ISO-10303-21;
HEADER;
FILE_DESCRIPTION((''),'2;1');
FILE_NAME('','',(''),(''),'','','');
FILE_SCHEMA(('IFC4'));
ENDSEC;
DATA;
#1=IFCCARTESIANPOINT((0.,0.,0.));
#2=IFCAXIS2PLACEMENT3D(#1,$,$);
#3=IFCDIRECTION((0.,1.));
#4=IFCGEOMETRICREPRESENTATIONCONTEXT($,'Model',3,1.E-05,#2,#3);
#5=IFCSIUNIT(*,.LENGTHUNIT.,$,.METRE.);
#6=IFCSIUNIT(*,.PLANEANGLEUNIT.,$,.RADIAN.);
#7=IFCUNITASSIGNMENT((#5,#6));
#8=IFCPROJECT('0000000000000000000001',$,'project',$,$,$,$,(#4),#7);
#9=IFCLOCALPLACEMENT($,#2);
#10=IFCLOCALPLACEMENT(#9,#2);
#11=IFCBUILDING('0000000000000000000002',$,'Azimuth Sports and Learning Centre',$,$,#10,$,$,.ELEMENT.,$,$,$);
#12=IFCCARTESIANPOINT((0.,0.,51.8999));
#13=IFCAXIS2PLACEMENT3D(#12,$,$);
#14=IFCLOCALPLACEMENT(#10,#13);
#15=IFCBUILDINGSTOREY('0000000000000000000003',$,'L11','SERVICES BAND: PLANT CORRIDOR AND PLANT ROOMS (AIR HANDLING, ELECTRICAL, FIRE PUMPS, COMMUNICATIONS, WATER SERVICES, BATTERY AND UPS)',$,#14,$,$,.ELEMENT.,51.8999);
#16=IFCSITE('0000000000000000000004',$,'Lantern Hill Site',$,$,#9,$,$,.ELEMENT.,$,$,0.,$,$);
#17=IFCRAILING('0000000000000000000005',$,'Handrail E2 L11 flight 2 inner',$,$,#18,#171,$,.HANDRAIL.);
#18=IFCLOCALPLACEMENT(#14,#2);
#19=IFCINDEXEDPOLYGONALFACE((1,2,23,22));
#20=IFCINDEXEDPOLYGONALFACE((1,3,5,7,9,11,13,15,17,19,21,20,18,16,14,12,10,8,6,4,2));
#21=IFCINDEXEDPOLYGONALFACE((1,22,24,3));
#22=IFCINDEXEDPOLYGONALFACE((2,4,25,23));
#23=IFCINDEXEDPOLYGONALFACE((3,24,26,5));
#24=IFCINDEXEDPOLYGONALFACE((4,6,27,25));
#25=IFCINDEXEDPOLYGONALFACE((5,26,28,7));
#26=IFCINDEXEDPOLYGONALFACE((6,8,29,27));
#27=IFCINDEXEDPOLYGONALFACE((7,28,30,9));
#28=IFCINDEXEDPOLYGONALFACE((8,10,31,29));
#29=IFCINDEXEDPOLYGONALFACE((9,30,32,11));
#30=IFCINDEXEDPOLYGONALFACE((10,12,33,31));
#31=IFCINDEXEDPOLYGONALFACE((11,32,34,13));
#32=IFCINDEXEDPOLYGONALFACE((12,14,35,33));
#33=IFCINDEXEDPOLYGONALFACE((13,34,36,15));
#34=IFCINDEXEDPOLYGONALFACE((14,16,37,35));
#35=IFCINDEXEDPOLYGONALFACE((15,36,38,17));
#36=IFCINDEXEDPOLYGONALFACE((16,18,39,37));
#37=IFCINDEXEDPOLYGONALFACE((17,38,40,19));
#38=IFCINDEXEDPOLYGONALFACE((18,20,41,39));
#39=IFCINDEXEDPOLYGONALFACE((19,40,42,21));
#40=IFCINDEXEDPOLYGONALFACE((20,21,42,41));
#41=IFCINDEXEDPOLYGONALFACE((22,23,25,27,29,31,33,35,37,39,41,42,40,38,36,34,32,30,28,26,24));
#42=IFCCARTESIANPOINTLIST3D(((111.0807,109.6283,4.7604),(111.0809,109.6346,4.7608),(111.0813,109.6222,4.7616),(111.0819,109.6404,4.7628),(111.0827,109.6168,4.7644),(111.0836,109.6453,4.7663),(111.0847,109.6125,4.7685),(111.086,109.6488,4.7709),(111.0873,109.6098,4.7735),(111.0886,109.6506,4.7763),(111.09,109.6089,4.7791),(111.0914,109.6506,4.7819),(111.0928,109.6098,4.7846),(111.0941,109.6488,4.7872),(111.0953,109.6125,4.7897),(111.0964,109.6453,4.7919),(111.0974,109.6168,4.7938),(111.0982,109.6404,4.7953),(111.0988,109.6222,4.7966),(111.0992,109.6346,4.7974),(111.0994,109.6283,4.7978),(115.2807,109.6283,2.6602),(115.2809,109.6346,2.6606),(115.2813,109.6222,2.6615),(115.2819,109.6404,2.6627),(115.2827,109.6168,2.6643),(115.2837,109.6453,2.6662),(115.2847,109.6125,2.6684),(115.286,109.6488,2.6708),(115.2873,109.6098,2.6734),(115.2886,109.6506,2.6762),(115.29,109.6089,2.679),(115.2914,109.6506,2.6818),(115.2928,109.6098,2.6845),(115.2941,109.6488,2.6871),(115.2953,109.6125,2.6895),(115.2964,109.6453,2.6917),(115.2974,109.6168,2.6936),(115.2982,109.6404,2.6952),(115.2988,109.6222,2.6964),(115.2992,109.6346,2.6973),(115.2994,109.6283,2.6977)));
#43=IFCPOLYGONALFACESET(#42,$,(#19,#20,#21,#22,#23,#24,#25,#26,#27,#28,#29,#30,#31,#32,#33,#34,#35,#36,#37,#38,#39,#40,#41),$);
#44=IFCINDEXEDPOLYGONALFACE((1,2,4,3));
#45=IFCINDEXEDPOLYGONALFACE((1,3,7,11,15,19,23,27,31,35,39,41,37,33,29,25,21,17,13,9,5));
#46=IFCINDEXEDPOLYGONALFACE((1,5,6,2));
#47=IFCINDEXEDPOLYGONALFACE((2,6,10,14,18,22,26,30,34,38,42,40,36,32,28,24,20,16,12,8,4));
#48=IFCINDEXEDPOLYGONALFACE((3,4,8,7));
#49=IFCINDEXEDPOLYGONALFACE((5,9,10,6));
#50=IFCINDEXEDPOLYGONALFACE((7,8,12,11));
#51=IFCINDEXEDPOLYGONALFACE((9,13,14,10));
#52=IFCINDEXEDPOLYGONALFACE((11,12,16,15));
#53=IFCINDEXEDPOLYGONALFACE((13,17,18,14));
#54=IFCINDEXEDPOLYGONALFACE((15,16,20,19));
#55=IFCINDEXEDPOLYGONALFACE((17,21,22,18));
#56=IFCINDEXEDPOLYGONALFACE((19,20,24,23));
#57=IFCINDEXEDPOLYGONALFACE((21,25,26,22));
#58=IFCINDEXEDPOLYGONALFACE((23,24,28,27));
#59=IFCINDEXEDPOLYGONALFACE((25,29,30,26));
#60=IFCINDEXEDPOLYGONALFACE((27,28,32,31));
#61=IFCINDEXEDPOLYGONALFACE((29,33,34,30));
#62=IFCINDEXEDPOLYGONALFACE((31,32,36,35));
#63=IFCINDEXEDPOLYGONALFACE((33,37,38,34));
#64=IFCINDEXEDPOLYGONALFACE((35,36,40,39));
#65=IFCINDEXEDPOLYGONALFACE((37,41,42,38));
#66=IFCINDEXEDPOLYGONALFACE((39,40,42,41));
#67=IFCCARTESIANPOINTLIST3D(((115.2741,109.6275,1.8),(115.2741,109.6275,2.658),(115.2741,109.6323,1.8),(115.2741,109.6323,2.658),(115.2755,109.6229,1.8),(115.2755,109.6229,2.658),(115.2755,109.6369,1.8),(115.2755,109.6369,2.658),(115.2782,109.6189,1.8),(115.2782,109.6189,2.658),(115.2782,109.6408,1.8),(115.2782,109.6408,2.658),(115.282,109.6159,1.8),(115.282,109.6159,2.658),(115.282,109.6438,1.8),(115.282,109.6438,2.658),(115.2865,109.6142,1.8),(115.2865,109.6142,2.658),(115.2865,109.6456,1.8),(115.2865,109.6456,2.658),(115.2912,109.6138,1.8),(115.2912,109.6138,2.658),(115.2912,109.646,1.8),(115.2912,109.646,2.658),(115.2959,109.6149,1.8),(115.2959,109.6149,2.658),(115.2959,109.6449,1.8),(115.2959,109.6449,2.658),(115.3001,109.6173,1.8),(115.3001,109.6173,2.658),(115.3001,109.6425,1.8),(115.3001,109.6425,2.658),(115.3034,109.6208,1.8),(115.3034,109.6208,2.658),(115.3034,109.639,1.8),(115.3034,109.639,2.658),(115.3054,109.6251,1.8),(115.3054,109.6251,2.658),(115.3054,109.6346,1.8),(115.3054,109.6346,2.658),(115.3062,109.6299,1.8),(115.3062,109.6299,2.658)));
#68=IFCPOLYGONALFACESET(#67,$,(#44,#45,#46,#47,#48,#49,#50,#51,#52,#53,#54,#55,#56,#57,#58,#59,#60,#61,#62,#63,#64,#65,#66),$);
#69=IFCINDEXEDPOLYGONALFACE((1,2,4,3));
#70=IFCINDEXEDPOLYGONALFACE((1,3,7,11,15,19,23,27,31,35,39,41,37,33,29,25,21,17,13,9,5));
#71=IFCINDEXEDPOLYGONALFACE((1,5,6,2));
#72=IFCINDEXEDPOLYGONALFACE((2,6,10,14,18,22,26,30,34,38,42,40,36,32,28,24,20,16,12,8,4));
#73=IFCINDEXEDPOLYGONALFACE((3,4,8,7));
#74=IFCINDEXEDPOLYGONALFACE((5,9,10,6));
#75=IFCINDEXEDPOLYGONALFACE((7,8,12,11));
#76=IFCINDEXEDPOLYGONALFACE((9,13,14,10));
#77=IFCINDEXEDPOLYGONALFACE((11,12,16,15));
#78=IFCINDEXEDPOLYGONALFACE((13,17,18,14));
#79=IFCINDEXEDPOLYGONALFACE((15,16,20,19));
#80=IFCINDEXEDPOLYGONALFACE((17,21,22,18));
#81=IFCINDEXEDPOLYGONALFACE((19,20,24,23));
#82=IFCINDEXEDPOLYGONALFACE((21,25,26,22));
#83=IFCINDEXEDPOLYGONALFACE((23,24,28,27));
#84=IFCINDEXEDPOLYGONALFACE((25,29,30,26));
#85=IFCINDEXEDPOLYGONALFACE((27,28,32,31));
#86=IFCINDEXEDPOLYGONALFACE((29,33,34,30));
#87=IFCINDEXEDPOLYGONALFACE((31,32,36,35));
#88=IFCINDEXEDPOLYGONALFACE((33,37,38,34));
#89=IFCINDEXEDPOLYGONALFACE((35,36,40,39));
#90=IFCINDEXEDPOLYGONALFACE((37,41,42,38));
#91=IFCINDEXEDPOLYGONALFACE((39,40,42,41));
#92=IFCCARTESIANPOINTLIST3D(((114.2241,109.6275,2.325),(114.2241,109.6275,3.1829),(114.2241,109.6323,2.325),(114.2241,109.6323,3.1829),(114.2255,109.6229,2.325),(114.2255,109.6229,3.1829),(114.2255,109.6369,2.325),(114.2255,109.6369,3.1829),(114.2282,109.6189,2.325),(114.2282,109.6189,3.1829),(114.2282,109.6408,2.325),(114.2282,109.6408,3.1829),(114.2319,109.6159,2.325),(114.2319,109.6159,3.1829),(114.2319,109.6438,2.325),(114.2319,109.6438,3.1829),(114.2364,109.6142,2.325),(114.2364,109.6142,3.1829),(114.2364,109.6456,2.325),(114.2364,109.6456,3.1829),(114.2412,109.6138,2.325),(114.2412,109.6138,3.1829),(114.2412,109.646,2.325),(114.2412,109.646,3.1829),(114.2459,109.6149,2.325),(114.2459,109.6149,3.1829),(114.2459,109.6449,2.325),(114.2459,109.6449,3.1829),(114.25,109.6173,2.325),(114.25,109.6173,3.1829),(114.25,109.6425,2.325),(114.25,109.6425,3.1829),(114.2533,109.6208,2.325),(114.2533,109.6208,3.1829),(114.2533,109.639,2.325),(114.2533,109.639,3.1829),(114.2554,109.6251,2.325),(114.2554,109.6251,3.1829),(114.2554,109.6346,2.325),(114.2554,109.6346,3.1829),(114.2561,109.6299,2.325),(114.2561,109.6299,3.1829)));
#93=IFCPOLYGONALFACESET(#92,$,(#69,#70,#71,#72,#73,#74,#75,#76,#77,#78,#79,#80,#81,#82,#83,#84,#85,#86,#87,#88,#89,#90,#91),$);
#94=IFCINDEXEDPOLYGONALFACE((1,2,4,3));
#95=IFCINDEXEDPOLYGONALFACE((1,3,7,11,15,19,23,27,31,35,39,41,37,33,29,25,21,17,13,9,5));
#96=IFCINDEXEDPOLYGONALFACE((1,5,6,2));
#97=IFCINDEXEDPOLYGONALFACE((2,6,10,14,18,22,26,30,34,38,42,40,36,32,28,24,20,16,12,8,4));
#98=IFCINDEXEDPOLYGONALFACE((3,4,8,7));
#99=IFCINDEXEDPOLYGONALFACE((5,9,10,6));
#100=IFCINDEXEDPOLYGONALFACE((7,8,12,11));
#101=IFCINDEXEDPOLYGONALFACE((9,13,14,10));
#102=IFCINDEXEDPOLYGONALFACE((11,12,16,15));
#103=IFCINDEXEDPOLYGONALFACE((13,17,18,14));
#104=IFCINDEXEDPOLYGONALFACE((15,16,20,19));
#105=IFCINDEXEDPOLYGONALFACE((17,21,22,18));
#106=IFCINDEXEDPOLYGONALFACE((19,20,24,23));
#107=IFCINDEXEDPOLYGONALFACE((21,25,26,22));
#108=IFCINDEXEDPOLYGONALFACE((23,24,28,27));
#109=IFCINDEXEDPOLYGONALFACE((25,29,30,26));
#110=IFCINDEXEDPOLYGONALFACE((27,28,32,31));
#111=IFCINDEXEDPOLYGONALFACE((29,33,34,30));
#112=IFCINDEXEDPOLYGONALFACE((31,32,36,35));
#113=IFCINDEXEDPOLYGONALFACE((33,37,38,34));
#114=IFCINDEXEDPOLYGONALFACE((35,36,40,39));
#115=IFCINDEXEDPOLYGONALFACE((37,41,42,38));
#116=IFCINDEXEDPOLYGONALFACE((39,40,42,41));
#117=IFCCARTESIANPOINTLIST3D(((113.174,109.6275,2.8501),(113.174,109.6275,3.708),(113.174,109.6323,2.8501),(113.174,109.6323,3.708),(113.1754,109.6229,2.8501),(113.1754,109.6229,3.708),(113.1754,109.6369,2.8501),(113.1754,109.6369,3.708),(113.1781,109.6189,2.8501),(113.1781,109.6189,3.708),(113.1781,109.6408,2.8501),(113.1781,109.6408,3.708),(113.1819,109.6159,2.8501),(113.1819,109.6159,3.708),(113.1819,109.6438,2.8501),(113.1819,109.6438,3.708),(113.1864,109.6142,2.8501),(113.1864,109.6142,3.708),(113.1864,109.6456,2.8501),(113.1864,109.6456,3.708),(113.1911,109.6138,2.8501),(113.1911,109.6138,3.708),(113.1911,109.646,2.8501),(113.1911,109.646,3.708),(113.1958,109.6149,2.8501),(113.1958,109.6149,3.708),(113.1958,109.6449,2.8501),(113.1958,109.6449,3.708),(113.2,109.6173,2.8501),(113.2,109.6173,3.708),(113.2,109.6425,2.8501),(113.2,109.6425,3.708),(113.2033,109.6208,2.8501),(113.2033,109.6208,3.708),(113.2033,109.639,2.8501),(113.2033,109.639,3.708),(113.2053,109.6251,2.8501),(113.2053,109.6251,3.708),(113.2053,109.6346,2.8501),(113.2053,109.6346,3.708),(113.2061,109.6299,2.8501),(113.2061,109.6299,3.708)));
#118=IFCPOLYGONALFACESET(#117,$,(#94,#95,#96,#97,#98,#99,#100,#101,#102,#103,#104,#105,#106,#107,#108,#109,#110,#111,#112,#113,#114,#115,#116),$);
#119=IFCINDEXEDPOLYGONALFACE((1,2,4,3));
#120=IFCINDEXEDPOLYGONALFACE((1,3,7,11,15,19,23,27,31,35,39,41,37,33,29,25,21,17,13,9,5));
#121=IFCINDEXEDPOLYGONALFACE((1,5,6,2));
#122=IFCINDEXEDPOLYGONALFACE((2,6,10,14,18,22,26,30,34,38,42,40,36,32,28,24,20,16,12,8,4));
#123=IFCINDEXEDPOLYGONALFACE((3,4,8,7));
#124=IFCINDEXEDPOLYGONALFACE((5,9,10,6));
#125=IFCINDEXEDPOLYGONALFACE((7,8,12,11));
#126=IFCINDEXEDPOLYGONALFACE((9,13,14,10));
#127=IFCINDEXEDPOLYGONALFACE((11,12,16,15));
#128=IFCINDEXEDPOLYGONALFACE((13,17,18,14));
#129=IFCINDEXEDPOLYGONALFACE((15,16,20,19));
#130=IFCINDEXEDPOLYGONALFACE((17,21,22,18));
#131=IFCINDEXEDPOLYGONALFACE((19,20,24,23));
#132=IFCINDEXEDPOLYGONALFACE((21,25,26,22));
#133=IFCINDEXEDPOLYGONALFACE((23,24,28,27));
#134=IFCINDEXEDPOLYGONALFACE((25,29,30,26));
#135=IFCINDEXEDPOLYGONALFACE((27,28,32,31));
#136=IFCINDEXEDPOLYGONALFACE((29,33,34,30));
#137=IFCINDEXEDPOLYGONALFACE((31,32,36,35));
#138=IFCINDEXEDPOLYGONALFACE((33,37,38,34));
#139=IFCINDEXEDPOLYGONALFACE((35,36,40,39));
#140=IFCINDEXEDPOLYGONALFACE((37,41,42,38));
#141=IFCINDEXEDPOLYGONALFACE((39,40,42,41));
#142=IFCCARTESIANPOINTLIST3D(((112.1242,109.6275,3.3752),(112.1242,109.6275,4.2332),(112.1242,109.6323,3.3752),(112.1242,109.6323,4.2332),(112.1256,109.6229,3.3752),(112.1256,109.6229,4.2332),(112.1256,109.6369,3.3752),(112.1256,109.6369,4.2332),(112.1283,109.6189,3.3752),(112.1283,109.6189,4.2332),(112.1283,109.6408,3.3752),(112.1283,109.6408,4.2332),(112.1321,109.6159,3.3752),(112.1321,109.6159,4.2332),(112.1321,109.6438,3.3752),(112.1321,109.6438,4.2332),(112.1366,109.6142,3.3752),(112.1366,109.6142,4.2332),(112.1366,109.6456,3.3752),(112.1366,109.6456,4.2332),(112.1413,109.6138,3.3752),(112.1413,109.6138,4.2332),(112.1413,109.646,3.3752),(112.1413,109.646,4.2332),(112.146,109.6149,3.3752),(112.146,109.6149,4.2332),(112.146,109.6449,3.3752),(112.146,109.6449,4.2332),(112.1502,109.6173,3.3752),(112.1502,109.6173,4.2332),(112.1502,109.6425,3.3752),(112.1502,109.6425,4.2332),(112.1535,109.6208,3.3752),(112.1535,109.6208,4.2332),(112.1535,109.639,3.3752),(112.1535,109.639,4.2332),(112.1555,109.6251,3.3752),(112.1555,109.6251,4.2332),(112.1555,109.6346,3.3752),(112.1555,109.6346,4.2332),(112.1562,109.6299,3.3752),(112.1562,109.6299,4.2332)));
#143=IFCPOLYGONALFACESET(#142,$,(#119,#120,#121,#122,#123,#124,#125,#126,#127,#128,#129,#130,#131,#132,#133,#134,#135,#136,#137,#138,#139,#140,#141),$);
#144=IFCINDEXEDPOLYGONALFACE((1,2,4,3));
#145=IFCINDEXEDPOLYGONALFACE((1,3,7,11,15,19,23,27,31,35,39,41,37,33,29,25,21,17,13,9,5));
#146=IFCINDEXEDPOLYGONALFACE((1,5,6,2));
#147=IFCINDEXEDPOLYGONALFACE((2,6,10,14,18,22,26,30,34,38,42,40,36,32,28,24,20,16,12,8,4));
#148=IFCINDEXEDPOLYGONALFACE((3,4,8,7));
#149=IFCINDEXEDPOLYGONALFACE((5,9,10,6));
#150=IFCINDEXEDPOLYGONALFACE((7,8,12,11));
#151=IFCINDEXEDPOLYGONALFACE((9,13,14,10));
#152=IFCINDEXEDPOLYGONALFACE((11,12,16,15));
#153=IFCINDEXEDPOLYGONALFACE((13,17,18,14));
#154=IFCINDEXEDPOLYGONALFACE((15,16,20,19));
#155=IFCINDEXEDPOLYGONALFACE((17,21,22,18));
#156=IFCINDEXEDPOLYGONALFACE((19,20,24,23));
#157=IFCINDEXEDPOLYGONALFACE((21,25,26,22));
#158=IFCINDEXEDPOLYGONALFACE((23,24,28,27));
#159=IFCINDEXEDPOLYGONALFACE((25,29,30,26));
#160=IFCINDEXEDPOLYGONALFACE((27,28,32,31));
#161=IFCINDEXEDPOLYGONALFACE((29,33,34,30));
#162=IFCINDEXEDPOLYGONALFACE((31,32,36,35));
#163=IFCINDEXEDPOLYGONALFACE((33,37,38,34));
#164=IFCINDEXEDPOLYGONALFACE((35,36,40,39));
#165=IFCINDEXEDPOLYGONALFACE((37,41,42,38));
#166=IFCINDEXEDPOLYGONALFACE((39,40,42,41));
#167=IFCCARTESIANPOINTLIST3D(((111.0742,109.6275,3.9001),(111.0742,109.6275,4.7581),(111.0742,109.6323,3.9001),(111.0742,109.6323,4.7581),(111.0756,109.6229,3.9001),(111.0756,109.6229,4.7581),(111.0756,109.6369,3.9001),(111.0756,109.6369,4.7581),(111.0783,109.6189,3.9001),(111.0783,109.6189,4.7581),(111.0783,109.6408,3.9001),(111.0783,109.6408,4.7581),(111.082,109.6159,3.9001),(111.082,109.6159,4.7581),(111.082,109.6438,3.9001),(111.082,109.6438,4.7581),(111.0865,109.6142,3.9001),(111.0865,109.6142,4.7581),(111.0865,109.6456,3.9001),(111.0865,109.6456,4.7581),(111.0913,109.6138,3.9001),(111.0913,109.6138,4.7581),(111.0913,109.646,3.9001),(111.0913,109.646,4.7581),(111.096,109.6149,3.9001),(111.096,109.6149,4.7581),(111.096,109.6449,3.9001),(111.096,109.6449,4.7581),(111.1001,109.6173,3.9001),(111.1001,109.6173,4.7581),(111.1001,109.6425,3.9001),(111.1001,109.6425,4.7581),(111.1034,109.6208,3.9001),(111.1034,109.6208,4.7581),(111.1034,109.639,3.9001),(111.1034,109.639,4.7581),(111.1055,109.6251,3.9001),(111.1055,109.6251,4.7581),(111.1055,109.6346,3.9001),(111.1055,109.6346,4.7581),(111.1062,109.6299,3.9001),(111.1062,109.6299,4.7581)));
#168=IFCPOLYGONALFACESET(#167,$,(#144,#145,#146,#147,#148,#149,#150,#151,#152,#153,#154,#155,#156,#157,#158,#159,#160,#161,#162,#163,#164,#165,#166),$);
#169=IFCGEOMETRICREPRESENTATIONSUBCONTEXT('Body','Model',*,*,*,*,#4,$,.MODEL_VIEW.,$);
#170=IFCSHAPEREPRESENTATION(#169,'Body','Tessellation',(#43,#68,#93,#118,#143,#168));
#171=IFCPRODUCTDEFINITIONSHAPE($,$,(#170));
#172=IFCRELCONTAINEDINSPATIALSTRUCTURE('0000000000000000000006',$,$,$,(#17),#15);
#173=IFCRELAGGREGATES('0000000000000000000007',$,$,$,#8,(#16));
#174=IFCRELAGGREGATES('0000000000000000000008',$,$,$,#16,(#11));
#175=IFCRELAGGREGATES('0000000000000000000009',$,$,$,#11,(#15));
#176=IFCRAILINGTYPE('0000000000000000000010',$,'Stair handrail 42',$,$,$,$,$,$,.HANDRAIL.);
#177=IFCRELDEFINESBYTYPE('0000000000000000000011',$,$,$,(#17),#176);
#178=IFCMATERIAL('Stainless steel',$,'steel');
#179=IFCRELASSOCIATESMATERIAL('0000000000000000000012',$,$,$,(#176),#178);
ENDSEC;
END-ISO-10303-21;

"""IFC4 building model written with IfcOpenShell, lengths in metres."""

from ifc_helpers import new_model, si_unit, direction, frame, origin, origin_2d, place, context, subcontext, project, spatial, circle, extrude, material, type_object, element, save


model = new_model("IFC4")

# Units and contexts
model_context = context("Model", 3, precision=1e-05, world=origin(), true_north=direction((0.0, 1.0)))
body_context = subcontext(model_context, "Body", "Model", "MODEL_VIEW")
ifc_project = project(units=[si_unit("LENGTHUNIT", "METRE"), si_unit("PLANEANGLEUNIT", "RADIAN")], contexts=[model_context])

# Site, building, storey
site_placement = place(None, origin())
site = spatial("IfcSite", under=ifc_project, at=site_placement, Name="Lantern Hill Site", CompositionType="ELEMENT", RefElevation=0.0)
building_placement = place(site_placement, origin())
building = spatial("IfcBuilding", under=site, at=building_placement, Name="Azimuth Sports and Learning Centre", CompositionType="ELEMENT")
storey_placement = place(building_placement, frame((0.0, 0.0, 51.8999)))
storey = spatial("IfcBuildingStorey", under=building, at=storey_placement, Name="L11", Description="SERVICES BAND: PLANT CORRIDOR AND PLANT ROOMS (AIR HANDLING, ELECTRICAL, FIRE PUMPS, COMMUNICATIONS, WATER SERVICES, BATTERY AND UPS)", CompositionType="ELEMENT", Elevation=51.8999)

# Railing
ifc_material_1 = material(Name="Stainless steel", Category="steel")
railing_type_1 = type_object("IfcRailingType", Name="Stair handrail 42", PredefinedType="HANDRAIL", material=ifc_material_1)
for number, where, name in (
    (1, (115.29, 109.6299, 1.8), "Handrail E2 L11 flight 2 inner"),
):
    element("IfcRailing", number, at=place(storey_placement, frame(where)), inside=storey, type_object=railing_type_1, Name=name, PredefinedType="HANDRAIL", context=body_context, shape_type="SweptSolid", body=[
        extrude(circle(Radius=0.021, at=origin_2d()), frame((0.0, 0.0, 0.8789), z_axis=(-0.894417, 0.0, 0.447234), x_axis=(0.0, -1.0, 0.0)), (0.0, 0.0, 1.0), 4.6958),
        extrude(circle(Radius=0.0161, at=origin_2d()), origin(), (0.0, 0.0, 1.0), 0.8579),
        extrude(circle(Radius=0.0161, at=origin_2d()), frame((-1.05, 0.0, 0.5249)), (0.0, 0.0, 1.0), 0.8579),
        extrude(circle(Radius=0.0161, at=origin_2d()), frame((-2.1001, 0.0, 1.05)), (0.0, 0.0, 1.0), 0.8579),
        extrude(circle(Radius=0.0161, at=origin_2d()), frame((-3.1499, 0.0, 1.5752)), (0.0, 0.0, 1.0), 0.8579),
        extrude(circle(Radius=0.0161, at=origin_2d()), frame((-4.2, 0.0, 2.1001)), (0.0, 0.0, 1.0), 0.8579),
    ])

save(model, "model.ifc")
